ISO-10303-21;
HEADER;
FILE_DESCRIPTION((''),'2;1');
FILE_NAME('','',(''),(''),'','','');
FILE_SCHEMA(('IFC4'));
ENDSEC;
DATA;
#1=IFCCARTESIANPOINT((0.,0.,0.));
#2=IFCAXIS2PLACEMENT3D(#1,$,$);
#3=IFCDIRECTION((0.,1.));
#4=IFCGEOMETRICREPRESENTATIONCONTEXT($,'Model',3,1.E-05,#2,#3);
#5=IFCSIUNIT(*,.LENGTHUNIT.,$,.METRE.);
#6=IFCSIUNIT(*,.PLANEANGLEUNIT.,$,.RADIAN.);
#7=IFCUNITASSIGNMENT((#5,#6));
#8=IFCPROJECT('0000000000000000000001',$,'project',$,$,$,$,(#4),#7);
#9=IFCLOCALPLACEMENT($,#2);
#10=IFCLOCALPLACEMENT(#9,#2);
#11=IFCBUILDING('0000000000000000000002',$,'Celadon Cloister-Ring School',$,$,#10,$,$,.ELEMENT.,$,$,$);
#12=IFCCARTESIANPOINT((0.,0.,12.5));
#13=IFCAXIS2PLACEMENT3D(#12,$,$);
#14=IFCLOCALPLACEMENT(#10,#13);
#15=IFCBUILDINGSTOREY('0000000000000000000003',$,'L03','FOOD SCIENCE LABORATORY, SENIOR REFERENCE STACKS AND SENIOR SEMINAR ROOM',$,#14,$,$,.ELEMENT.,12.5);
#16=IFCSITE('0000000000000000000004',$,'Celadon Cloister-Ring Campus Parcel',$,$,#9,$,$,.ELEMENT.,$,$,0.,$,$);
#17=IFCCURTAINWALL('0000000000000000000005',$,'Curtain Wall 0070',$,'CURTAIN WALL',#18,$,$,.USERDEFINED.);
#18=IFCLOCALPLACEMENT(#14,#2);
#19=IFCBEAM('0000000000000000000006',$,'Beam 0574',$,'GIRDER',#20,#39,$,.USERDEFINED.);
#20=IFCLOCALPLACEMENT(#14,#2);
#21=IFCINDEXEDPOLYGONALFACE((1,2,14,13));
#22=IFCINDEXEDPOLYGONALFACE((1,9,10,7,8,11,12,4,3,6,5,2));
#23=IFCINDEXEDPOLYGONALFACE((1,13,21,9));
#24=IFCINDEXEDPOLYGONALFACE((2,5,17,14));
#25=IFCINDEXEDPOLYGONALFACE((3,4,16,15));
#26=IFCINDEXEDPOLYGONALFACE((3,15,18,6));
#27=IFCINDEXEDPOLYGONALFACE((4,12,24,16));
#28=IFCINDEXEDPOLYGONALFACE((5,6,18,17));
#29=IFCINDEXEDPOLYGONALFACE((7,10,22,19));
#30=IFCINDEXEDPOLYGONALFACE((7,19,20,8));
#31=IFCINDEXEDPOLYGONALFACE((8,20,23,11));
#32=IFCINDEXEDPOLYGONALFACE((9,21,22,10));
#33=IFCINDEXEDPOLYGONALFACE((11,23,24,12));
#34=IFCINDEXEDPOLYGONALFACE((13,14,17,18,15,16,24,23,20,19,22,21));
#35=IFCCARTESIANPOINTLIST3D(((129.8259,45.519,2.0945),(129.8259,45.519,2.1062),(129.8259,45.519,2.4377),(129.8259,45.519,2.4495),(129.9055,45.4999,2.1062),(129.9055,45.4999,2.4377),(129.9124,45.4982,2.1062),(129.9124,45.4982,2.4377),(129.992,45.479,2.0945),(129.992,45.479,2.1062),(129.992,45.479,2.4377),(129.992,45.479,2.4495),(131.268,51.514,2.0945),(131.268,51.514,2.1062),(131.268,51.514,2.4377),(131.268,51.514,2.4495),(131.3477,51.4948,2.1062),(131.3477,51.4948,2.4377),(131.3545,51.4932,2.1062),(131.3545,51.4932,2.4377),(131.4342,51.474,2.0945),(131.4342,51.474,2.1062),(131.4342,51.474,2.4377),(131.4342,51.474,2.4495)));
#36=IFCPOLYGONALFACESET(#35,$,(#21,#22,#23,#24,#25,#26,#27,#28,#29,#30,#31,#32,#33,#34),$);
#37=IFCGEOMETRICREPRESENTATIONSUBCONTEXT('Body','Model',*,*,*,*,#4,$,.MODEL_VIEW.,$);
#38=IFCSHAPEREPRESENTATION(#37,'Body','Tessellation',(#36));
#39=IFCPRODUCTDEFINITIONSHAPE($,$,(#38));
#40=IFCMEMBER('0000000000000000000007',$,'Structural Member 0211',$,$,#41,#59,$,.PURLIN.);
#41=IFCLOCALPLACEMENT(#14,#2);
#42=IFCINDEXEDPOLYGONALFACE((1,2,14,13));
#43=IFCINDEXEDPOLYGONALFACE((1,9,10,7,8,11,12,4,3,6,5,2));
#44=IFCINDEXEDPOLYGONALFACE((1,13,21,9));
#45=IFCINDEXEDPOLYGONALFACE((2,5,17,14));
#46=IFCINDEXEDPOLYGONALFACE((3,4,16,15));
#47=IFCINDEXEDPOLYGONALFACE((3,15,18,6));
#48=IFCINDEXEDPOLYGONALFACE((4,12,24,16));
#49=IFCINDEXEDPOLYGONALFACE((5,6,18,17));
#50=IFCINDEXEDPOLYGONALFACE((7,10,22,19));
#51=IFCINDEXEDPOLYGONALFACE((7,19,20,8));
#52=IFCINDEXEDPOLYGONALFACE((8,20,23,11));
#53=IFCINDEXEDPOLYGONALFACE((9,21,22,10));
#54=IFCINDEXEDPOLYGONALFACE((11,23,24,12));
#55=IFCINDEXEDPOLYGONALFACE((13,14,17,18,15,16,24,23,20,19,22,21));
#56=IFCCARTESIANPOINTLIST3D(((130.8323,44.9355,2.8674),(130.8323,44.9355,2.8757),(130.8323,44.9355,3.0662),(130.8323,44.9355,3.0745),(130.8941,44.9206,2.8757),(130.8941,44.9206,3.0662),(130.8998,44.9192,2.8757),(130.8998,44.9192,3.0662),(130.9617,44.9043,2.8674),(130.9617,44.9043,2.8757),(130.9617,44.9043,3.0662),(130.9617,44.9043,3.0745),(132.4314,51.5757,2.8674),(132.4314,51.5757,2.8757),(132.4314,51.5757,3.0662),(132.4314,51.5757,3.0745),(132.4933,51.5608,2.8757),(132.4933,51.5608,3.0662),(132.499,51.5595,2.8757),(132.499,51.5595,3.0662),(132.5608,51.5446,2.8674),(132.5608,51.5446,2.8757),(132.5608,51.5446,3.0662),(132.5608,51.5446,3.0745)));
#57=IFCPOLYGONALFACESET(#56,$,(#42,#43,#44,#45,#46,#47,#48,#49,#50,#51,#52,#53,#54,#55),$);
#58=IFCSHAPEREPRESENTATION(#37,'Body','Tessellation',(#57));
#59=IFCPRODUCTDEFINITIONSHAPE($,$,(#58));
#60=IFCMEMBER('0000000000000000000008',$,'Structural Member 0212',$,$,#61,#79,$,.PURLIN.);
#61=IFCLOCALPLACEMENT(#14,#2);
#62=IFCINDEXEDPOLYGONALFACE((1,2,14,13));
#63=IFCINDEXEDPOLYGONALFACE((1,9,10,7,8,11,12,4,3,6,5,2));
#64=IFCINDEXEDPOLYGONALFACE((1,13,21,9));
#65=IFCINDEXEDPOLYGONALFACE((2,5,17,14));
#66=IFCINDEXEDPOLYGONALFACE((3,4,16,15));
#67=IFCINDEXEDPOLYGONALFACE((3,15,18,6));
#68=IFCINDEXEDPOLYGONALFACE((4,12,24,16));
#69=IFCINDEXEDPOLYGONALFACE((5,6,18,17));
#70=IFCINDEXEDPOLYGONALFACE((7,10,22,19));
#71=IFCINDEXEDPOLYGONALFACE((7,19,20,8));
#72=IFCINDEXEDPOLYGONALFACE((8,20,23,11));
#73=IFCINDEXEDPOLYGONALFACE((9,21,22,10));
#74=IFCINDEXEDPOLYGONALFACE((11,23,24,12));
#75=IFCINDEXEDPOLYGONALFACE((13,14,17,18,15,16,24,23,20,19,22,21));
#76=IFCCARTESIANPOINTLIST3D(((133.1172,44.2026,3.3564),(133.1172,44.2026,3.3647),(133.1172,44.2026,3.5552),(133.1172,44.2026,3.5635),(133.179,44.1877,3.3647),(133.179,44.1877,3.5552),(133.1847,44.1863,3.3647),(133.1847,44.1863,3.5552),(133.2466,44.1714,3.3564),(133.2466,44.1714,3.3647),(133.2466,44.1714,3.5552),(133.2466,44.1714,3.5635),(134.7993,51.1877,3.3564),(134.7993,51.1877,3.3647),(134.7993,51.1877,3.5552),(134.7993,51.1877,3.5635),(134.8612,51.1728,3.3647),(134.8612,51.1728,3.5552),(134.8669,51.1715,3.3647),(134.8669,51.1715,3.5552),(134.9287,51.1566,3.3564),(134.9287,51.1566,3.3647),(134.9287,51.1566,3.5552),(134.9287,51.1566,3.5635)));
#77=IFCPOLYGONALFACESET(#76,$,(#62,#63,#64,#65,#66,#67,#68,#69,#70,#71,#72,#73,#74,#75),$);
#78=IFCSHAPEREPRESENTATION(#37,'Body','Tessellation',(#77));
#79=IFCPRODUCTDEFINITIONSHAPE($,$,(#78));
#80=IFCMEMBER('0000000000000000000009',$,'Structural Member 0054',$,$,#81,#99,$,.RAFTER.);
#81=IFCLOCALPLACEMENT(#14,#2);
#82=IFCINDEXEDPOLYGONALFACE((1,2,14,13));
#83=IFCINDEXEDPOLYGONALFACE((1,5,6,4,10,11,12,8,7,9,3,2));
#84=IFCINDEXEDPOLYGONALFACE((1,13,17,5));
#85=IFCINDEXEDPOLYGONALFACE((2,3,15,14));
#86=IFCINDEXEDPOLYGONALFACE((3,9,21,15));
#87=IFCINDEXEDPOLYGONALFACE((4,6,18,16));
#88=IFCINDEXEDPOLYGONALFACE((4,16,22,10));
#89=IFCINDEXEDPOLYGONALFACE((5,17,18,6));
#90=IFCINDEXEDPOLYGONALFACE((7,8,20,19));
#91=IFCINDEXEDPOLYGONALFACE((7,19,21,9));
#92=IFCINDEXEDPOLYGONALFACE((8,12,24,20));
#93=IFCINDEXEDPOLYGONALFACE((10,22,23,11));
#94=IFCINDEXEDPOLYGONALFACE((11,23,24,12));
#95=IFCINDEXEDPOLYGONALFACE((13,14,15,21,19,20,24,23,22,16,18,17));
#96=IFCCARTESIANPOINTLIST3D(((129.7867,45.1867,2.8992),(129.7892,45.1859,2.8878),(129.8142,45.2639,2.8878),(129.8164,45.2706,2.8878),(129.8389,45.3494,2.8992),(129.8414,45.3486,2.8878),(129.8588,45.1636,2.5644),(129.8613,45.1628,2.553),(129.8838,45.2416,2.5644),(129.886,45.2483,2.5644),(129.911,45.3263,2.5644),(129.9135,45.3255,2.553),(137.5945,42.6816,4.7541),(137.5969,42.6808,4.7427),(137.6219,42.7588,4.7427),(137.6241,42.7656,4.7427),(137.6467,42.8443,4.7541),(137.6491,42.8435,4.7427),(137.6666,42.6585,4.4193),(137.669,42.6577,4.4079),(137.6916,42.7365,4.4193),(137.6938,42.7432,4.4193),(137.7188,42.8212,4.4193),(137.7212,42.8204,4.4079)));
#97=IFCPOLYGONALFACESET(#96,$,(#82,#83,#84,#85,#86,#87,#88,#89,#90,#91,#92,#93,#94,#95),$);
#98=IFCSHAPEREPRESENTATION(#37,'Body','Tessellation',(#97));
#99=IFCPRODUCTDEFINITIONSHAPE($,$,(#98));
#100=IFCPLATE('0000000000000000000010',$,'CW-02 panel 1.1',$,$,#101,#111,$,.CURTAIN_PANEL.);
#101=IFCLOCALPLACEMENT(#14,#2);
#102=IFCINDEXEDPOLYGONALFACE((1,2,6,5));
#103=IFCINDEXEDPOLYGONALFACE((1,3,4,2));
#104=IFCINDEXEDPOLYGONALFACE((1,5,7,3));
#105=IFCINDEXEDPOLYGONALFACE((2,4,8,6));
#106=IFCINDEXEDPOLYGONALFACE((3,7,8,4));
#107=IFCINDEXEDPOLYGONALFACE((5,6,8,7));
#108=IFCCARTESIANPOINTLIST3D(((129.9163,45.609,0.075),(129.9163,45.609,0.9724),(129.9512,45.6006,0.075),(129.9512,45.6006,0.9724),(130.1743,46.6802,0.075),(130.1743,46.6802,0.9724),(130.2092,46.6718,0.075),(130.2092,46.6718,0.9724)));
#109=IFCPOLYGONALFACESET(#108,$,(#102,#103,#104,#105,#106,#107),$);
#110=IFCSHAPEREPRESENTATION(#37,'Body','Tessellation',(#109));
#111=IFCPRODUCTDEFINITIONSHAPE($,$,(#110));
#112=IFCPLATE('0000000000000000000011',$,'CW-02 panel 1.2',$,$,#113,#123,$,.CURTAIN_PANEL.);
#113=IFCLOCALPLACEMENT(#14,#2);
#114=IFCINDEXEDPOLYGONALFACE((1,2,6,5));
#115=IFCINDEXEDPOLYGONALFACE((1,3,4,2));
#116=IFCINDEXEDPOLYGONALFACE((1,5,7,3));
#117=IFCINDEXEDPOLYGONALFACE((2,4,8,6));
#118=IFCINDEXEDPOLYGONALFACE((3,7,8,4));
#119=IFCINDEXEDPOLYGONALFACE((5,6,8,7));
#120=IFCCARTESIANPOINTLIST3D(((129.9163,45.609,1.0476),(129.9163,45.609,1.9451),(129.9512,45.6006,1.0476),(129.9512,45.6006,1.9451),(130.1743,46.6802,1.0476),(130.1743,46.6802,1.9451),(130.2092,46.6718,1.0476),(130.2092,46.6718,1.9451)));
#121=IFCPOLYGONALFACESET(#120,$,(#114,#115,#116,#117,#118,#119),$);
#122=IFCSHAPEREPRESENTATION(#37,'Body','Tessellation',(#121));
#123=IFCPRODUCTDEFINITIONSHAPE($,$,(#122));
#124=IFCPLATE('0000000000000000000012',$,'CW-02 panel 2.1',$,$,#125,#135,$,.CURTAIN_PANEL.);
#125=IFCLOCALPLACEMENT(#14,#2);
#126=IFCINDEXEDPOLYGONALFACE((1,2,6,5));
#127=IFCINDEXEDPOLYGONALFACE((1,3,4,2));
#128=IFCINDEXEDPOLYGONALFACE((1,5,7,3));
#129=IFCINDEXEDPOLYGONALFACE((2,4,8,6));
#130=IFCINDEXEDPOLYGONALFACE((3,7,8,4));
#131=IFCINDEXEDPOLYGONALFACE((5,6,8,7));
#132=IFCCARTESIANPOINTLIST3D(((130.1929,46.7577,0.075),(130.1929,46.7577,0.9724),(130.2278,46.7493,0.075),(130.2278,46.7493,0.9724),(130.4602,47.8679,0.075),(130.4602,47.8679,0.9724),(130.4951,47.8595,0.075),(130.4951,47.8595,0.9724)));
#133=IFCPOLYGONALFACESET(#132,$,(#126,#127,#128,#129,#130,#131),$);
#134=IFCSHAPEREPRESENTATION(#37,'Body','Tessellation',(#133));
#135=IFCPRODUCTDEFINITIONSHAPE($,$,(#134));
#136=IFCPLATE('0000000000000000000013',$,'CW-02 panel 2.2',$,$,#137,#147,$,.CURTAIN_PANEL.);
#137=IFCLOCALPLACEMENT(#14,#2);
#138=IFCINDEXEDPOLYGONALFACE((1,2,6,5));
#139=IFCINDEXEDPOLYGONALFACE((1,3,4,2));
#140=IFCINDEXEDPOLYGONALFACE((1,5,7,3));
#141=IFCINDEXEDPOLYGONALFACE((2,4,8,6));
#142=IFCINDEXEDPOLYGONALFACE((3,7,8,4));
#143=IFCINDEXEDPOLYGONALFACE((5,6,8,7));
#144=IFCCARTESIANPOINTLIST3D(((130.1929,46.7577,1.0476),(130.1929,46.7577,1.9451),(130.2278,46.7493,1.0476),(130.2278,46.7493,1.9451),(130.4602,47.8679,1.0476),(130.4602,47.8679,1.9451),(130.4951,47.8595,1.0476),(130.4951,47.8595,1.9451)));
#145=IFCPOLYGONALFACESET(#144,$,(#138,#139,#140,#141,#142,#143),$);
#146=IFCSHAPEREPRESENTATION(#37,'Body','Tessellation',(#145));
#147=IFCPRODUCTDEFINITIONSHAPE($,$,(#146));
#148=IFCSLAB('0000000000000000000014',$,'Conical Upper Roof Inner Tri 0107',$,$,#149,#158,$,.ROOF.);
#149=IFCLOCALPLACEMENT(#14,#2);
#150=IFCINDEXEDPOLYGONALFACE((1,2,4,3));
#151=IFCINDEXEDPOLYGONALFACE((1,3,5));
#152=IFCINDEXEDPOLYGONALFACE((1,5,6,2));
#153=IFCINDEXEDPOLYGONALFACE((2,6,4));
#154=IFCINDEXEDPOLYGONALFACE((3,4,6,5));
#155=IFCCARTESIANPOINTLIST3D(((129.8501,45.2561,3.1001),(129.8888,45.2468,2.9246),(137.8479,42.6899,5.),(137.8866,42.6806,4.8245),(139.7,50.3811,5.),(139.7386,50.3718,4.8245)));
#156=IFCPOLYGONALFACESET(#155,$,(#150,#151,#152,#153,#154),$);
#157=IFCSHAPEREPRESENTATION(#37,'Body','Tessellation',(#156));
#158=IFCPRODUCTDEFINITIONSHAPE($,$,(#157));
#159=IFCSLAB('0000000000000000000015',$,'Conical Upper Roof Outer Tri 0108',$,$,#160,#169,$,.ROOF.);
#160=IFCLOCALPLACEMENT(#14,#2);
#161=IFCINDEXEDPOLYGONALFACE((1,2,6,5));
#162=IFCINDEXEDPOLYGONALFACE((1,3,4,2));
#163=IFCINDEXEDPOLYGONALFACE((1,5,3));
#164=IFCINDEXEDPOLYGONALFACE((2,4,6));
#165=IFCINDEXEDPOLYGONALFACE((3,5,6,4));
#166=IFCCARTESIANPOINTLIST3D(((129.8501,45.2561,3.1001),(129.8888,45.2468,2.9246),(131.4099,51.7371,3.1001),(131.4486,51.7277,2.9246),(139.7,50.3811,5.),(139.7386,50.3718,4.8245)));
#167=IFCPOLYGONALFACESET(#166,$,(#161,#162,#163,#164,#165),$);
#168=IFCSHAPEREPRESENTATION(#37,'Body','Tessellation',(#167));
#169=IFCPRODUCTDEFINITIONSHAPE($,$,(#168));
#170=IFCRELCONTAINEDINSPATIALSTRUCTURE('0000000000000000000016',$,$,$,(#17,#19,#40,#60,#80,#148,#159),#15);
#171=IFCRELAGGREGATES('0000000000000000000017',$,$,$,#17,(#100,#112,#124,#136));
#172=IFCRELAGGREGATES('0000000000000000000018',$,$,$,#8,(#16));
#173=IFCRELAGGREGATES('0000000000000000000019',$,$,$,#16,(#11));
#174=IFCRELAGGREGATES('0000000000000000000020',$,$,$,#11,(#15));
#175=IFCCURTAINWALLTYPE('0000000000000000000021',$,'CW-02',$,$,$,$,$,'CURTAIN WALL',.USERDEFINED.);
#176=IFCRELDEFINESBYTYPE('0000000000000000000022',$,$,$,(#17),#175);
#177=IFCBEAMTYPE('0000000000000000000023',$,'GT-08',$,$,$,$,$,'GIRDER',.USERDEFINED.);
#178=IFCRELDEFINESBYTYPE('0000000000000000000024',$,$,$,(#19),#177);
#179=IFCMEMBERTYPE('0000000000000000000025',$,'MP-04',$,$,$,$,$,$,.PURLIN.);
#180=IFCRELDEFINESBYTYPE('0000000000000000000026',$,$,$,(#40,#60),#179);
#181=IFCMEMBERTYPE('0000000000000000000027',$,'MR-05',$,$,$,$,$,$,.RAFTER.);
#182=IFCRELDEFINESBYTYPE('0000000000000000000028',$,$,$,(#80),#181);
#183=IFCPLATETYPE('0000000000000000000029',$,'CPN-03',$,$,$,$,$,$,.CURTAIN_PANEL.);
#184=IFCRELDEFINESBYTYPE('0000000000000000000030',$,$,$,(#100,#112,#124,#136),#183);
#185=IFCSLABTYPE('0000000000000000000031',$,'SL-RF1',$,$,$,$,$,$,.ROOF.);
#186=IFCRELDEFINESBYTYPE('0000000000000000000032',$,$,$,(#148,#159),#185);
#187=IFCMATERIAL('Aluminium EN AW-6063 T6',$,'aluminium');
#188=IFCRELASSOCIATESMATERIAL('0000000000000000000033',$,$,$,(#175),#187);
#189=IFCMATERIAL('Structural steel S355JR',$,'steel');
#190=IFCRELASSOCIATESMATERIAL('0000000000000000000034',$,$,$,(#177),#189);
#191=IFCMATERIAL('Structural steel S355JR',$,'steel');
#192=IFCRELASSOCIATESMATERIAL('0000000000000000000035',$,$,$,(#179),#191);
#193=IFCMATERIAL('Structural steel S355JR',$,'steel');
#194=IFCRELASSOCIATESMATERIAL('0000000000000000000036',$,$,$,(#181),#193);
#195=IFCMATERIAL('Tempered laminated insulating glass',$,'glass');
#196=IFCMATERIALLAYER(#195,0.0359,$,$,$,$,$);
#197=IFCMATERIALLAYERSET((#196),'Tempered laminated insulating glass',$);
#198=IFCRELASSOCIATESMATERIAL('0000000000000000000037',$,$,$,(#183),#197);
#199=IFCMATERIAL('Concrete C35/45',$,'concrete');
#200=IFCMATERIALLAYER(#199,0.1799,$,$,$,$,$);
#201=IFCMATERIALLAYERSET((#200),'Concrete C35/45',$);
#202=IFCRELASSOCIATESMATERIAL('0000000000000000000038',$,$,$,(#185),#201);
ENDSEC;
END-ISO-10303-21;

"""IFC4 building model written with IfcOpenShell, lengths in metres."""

from ifc_helpers import new_model, si_unit, direction, frame, origin, origin_2d, place, context, subcontext, project, spatial, polyline, rectangle, i_section, outline, extrude, material, layer, layer_set, material_profile, profile_set, type_object, element, aggregate, save


model = new_model("IFC4")

# Units and contexts
model_context = context("Model", 3, precision=1e-05, world=origin(), true_north=direction((0.0, 1.0)))
body_context = subcontext(model_context, "Body", "Model", "MODEL_VIEW")
ifc_project = project(units=[si_unit("LENGTHUNIT", "METRE"), si_unit("PLANEANGLEUNIT", "RADIAN")], contexts=[model_context])

# Site, building, storey
site_placement = place(None, origin())
site = spatial("IfcSite", under=ifc_project, at=site_placement, Name="Celadon Cloister-Ring Campus Parcel", CompositionType="ELEMENT", RefElevation=0.0)
building_placement = place(site_placement, origin())
building = spatial("IfcBuilding", under=site, at=building_placement, Name="Celadon Cloister-Ring School", CompositionType="ELEMENT")
storey_placement = place(building_placement, frame((0.0, 0.0, 12.5)))
storey = spatial("IfcBuildingStorey", under=building, at=storey_placement, Name="L03", Description="FOOD SCIENCE LABORATORY, SENIOR REFERENCE STACKS AND SENIOR SEMINAR ROOM", CompositionType="ELEMENT", Elevation=12.5)

# Shared definitions
ifc_material_1 = material(Name="Aluminium EN AW-6063 T6", Category="aluminium")
curtain_wall_type = type_object("IfcCurtainWallType", Name="CW-02", ElementType="CURTAIN WALL", PredefinedType="USERDEFINED", material=ifc_material_1)

# Curtain wall
curtain_wall_1_placement = place(storey_placement, origin())
curtain_wall_1 = element("IfcCurtainWall", 1, at=curtain_wall_1_placement, inside=storey, type_object=curtain_wall_type, Name="Curtain Wall 0070", ObjectType="CURTAIN WALL", PredefinedType="USERDEFINED")

# Beam
ifc_material_2 = material(Name="Structural steel S355JR", Category="steel")
ifc_material_profile_1 = material_profile(ifc_material_2, i_section(OverallWidth=0.1709, OverallDepth=0.355, WebThickness=0.0071, FlangeThickness=0.0117, at=origin_2d()), Name="W360X51")
ifc_profile_set_1 = profile_set([ifc_material_profile_1], Name="Structural steel S355JR")
beam_type = type_object("IfcBeamType", Name="GT-08", ElementType="GIRDER", PredefinedType="USERDEFINED", material=ifc_profile_set_1)
beam_placement = place(storey_placement, frame((129.9089, 45.499, 2.272), z_axis=(0.23389, 0.972263, 0.0), x_axis=(-0.972263, 0.23389, 0.0)))
element("IfcBeam", 2, at=beam_placement, inside=storey, type_object=beam_type, Name="Beam 0574", ObjectType="GIRDER", PredefinedType="USERDEFINED", context=body_context, shape_type="SweptSolid", body=[
    extrude(i_section(OverallWidth=0.1709, OverallDepth=0.355, WebThickness=0.0071, FlangeThickness=0.0117, at=origin_2d()), origin(), (0.0, 0.0, 1.0), 6.166),
])

# Members
ifc_material_3 = material(Name="Structural steel S355JR", Category="steel")
ifc_material_profile_2 = material_profile(ifc_material_3, i_section(OverallWidth=0.1331, OverallDepth=0.207, WebThickness=0.0059, FlangeThickness=0.0083, at=origin_2d()), Name="W200X27")
ifc_profile_set_2 = profile_set([ifc_material_profile_2], Name="Structural steel S355JR")
member_type_1 = type_object("IfcMemberType", Name="MP-04", PredefinedType="PURLIN", material=ifc_profile_set_2)
member_1_placement = place(storey_placement, frame((130.897, 44.9199, 2.9709), z_axis=(0.234133, 0.972205, 0.0), x_axis=(-0.972205, 0.234133, 0.0)))
element("IfcMember", 3, at=member_1_placement, inside=storey, type_object=member_type_1, Name="Structural Member 0211", PredefinedType="PURLIN", context=body_context, shape_type="SweptSolid", body=[
    extrude(i_section(OverallWidth=0.1331, OverallDepth=0.207, WebThickness=0.0059, FlangeThickness=0.0083, at=origin_2d()), origin(), (0.0, 0.0, 1.0), 6.8301),
])
member_2_placement = place(storey_placement, frame((133.1819, 44.187, 3.46), z_axis=(0.234123, 0.972207, 0.0), x_axis=(-0.972207, 0.234123, 0.0)))
element("IfcMember", 4, at=member_2_placement, inside=storey, type_object=member_type_1, Name="Structural Member 0212", PredefinedType="PURLIN", context=body_context, shape_type="SweptSolid", body=[
    extrude(i_section(OverallWidth=0.1331, OverallDepth=0.207, WebThickness=0.0059, FlangeThickness=0.0083, at=origin_2d()), origin(), (0.0, 0.0, 1.0), 7.1848),
])
ifc_material_4 = material(Name="Structural steel S355JR", Category="steel")
ifc_material_profile_3 = material_profile(ifc_material_4, i_section(OverallWidth=0.1709, OverallDepth=0.355, WebThickness=0.0071, FlangeThickness=0.0117, at=origin_2d()), Name="W360X51")
ifc_profile_set_3 = profile_set([ifc_material_profile_3], Name="Structural steel S355JR")
member_type_2 = type_object("IfcMemberType", Name="MR-05", PredefinedType="RAFTER", material=ifc_profile_set_3)
member_3_placement = place(storey_placement, frame((129.8501, 45.2561, 2.7261), z_axis=(0.928722, -0.297978, 0.220645), x_axis=(0.305507, 0.95219, 0.0)))
element("IfcMember", 5, at=member_3_placement, inside=storey, type_object=member_type_2, Name="Structural Member 0054", PredefinedType="RAFTER", context=body_context, shape_type="SweptSolid", body=[
    extrude(i_section(OverallWidth=0.1709, OverallDepth=0.355, WebThickness=0.0071, FlangeThickness=0.0117, at=origin_2d()), origin(), (0.0, 0.0, 1.0), 8.407),
])

# Plates
ifc_material_5 = material(Name="Tempered laminated insulating glass", Category="glass")
ifc_layer_1 = layer(ifc_material_5, 0.0359)
ifc_layer_set_1 = layer_set([ifc_layer_1], Name="Tempered laminated insulating glass")
plate_type = type_object("IfcPlateType", Name="CPN-03", PredefinedType="CURTAIN_PANEL", material=ifc_layer_set_1)
plate_1_placement = place(storey_placement, frame((130.0627, 46.1404, 0.075), z_axis=(0.0, 0.0, 1.0), x_axis=(0.234091, 0.972215, 0.0)))
plate_1 = element("IfcPlate", 6, at=plate_1_placement, type_object=plate_type, Name="CW-02 panel 1.1", PredefinedType="CURTAIN_PANEL", context=body_context, shape_type="SweptSolid", body=[
    extrude(rectangle(XDim=1.1018, YDim=0.0359, at=origin_2d()), origin(), (0.0, 0.0, 1.0), 0.8975),
])
plate_2_placement = place(storey_placement, frame((130.0627, 46.1404, 1.0476), z_axis=(0.0, 0.0, 1.0), x_axis=(0.234091, 0.972215, 0.0)))
plate_2 = element("IfcPlate", 7, at=plate_2_placement, type_object=plate_type, Name="CW-02 panel 1.2", PredefinedType="CURTAIN_PANEL", context=body_context, shape_type="SweptSolid", body=[
    extrude(rectangle(XDim=1.1018, YDim=0.0359, at=origin_2d()), origin(), (0.0, 0.0, 1.0), 0.8975),
])
plate_3_placement = place(storey_placement, frame((130.344, 47.3086, 0.075), z_axis=(0.0, 0.0, 1.0), x_axis=(0.234091, 0.972215, 0.0)))
plate_3 = element("IfcPlate", 8, at=plate_3_placement, type_object=plate_type, Name="CW-02 panel 2.1", PredefinedType="CURTAIN_PANEL", context=body_context, shape_type="SweptSolid", body=[
    extrude(rectangle(XDim=1.1418, YDim=0.0359, at=origin_2d()), origin(), (0.0, 0.0, 1.0), 0.8975),
])
plate_4_placement = place(storey_placement, frame((130.344, 47.3086, 1.0476), z_axis=(0.0, 0.0, 1.0), x_axis=(0.234091, 0.972215, 0.0)))
plate_4 = element("IfcPlate", 9, at=plate_4_placement, type_object=plate_type, Name="CW-02 panel 2.2", PredefinedType="CURTAIN_PANEL", context=body_context, shape_type="SweptSolid", body=[
    extrude(rectangle(XDim=1.1418, YDim=0.0359, at=origin_2d()), origin(), (0.0, 0.0, 1.0), 0.8975),
])
aggregate(curtain_wall_1, [plate_1, plate_2, plate_3, plate_4])

# Slabs
ifc_material_6 = material(Name="Concrete C35/45", Category="concrete")
ifc_layer_2 = layer(ifc_material_6, 0.1799)
ifc_layer_set_2 = layer_set([ifc_layer_2], Name="Concrete C35/45")
slab_type = type_object("IfcSlabType", Name="SL-RF1", PredefinedType="ROOF", material=ifc_layer_set_2)
slab_1_placement = place(storey_placement, frame((129.8501, 45.2561, 3.1001), z_axis=(-0.215053, 0.051785, 0.975228), x_axis=(0.928724, -0.297989, 0.220621)))
element("IfcSlab", 10, at=slab_1_placement, inside=storey, type_object=slab_type, Name="Conical Upper Roof Inner Tri 0107", PredefinedType="ROOF", context=body_context, shape_type="SweptSolid", body=[
    extrude(outline(polyline([(0.0, 0.0), (8.6116, 0.0), (8.0398, 7.8903), (0.0, 0.0)])), origin(), (0.0, 0.0, -1.0), 0.1799),
])
slab_2_placement = place(storey_placement, frame((129.8501, 45.2561, 3.1001), z_axis=(-0.215038, 0.051755, 0.975233), x_axis=(0.874395, 0.454959, 0.168659)))
element("IfcSlab", 11, at=slab_2_placement, inside=storey, type_object=slab_type, Name="Conical Upper Roof Outer Tri 0108", PredefinedType="ROOF", context=body_context, shape_type="SweptSolid", body=[
    extrude(outline(polyline([(0.0, 0.0), (11.2648, 0.0), (4.3125, 5.0832), (0.0, 0.0)])), origin(), (0.0, 0.0, -1.0), 0.1799),
])

save(model, "model.ifc")
